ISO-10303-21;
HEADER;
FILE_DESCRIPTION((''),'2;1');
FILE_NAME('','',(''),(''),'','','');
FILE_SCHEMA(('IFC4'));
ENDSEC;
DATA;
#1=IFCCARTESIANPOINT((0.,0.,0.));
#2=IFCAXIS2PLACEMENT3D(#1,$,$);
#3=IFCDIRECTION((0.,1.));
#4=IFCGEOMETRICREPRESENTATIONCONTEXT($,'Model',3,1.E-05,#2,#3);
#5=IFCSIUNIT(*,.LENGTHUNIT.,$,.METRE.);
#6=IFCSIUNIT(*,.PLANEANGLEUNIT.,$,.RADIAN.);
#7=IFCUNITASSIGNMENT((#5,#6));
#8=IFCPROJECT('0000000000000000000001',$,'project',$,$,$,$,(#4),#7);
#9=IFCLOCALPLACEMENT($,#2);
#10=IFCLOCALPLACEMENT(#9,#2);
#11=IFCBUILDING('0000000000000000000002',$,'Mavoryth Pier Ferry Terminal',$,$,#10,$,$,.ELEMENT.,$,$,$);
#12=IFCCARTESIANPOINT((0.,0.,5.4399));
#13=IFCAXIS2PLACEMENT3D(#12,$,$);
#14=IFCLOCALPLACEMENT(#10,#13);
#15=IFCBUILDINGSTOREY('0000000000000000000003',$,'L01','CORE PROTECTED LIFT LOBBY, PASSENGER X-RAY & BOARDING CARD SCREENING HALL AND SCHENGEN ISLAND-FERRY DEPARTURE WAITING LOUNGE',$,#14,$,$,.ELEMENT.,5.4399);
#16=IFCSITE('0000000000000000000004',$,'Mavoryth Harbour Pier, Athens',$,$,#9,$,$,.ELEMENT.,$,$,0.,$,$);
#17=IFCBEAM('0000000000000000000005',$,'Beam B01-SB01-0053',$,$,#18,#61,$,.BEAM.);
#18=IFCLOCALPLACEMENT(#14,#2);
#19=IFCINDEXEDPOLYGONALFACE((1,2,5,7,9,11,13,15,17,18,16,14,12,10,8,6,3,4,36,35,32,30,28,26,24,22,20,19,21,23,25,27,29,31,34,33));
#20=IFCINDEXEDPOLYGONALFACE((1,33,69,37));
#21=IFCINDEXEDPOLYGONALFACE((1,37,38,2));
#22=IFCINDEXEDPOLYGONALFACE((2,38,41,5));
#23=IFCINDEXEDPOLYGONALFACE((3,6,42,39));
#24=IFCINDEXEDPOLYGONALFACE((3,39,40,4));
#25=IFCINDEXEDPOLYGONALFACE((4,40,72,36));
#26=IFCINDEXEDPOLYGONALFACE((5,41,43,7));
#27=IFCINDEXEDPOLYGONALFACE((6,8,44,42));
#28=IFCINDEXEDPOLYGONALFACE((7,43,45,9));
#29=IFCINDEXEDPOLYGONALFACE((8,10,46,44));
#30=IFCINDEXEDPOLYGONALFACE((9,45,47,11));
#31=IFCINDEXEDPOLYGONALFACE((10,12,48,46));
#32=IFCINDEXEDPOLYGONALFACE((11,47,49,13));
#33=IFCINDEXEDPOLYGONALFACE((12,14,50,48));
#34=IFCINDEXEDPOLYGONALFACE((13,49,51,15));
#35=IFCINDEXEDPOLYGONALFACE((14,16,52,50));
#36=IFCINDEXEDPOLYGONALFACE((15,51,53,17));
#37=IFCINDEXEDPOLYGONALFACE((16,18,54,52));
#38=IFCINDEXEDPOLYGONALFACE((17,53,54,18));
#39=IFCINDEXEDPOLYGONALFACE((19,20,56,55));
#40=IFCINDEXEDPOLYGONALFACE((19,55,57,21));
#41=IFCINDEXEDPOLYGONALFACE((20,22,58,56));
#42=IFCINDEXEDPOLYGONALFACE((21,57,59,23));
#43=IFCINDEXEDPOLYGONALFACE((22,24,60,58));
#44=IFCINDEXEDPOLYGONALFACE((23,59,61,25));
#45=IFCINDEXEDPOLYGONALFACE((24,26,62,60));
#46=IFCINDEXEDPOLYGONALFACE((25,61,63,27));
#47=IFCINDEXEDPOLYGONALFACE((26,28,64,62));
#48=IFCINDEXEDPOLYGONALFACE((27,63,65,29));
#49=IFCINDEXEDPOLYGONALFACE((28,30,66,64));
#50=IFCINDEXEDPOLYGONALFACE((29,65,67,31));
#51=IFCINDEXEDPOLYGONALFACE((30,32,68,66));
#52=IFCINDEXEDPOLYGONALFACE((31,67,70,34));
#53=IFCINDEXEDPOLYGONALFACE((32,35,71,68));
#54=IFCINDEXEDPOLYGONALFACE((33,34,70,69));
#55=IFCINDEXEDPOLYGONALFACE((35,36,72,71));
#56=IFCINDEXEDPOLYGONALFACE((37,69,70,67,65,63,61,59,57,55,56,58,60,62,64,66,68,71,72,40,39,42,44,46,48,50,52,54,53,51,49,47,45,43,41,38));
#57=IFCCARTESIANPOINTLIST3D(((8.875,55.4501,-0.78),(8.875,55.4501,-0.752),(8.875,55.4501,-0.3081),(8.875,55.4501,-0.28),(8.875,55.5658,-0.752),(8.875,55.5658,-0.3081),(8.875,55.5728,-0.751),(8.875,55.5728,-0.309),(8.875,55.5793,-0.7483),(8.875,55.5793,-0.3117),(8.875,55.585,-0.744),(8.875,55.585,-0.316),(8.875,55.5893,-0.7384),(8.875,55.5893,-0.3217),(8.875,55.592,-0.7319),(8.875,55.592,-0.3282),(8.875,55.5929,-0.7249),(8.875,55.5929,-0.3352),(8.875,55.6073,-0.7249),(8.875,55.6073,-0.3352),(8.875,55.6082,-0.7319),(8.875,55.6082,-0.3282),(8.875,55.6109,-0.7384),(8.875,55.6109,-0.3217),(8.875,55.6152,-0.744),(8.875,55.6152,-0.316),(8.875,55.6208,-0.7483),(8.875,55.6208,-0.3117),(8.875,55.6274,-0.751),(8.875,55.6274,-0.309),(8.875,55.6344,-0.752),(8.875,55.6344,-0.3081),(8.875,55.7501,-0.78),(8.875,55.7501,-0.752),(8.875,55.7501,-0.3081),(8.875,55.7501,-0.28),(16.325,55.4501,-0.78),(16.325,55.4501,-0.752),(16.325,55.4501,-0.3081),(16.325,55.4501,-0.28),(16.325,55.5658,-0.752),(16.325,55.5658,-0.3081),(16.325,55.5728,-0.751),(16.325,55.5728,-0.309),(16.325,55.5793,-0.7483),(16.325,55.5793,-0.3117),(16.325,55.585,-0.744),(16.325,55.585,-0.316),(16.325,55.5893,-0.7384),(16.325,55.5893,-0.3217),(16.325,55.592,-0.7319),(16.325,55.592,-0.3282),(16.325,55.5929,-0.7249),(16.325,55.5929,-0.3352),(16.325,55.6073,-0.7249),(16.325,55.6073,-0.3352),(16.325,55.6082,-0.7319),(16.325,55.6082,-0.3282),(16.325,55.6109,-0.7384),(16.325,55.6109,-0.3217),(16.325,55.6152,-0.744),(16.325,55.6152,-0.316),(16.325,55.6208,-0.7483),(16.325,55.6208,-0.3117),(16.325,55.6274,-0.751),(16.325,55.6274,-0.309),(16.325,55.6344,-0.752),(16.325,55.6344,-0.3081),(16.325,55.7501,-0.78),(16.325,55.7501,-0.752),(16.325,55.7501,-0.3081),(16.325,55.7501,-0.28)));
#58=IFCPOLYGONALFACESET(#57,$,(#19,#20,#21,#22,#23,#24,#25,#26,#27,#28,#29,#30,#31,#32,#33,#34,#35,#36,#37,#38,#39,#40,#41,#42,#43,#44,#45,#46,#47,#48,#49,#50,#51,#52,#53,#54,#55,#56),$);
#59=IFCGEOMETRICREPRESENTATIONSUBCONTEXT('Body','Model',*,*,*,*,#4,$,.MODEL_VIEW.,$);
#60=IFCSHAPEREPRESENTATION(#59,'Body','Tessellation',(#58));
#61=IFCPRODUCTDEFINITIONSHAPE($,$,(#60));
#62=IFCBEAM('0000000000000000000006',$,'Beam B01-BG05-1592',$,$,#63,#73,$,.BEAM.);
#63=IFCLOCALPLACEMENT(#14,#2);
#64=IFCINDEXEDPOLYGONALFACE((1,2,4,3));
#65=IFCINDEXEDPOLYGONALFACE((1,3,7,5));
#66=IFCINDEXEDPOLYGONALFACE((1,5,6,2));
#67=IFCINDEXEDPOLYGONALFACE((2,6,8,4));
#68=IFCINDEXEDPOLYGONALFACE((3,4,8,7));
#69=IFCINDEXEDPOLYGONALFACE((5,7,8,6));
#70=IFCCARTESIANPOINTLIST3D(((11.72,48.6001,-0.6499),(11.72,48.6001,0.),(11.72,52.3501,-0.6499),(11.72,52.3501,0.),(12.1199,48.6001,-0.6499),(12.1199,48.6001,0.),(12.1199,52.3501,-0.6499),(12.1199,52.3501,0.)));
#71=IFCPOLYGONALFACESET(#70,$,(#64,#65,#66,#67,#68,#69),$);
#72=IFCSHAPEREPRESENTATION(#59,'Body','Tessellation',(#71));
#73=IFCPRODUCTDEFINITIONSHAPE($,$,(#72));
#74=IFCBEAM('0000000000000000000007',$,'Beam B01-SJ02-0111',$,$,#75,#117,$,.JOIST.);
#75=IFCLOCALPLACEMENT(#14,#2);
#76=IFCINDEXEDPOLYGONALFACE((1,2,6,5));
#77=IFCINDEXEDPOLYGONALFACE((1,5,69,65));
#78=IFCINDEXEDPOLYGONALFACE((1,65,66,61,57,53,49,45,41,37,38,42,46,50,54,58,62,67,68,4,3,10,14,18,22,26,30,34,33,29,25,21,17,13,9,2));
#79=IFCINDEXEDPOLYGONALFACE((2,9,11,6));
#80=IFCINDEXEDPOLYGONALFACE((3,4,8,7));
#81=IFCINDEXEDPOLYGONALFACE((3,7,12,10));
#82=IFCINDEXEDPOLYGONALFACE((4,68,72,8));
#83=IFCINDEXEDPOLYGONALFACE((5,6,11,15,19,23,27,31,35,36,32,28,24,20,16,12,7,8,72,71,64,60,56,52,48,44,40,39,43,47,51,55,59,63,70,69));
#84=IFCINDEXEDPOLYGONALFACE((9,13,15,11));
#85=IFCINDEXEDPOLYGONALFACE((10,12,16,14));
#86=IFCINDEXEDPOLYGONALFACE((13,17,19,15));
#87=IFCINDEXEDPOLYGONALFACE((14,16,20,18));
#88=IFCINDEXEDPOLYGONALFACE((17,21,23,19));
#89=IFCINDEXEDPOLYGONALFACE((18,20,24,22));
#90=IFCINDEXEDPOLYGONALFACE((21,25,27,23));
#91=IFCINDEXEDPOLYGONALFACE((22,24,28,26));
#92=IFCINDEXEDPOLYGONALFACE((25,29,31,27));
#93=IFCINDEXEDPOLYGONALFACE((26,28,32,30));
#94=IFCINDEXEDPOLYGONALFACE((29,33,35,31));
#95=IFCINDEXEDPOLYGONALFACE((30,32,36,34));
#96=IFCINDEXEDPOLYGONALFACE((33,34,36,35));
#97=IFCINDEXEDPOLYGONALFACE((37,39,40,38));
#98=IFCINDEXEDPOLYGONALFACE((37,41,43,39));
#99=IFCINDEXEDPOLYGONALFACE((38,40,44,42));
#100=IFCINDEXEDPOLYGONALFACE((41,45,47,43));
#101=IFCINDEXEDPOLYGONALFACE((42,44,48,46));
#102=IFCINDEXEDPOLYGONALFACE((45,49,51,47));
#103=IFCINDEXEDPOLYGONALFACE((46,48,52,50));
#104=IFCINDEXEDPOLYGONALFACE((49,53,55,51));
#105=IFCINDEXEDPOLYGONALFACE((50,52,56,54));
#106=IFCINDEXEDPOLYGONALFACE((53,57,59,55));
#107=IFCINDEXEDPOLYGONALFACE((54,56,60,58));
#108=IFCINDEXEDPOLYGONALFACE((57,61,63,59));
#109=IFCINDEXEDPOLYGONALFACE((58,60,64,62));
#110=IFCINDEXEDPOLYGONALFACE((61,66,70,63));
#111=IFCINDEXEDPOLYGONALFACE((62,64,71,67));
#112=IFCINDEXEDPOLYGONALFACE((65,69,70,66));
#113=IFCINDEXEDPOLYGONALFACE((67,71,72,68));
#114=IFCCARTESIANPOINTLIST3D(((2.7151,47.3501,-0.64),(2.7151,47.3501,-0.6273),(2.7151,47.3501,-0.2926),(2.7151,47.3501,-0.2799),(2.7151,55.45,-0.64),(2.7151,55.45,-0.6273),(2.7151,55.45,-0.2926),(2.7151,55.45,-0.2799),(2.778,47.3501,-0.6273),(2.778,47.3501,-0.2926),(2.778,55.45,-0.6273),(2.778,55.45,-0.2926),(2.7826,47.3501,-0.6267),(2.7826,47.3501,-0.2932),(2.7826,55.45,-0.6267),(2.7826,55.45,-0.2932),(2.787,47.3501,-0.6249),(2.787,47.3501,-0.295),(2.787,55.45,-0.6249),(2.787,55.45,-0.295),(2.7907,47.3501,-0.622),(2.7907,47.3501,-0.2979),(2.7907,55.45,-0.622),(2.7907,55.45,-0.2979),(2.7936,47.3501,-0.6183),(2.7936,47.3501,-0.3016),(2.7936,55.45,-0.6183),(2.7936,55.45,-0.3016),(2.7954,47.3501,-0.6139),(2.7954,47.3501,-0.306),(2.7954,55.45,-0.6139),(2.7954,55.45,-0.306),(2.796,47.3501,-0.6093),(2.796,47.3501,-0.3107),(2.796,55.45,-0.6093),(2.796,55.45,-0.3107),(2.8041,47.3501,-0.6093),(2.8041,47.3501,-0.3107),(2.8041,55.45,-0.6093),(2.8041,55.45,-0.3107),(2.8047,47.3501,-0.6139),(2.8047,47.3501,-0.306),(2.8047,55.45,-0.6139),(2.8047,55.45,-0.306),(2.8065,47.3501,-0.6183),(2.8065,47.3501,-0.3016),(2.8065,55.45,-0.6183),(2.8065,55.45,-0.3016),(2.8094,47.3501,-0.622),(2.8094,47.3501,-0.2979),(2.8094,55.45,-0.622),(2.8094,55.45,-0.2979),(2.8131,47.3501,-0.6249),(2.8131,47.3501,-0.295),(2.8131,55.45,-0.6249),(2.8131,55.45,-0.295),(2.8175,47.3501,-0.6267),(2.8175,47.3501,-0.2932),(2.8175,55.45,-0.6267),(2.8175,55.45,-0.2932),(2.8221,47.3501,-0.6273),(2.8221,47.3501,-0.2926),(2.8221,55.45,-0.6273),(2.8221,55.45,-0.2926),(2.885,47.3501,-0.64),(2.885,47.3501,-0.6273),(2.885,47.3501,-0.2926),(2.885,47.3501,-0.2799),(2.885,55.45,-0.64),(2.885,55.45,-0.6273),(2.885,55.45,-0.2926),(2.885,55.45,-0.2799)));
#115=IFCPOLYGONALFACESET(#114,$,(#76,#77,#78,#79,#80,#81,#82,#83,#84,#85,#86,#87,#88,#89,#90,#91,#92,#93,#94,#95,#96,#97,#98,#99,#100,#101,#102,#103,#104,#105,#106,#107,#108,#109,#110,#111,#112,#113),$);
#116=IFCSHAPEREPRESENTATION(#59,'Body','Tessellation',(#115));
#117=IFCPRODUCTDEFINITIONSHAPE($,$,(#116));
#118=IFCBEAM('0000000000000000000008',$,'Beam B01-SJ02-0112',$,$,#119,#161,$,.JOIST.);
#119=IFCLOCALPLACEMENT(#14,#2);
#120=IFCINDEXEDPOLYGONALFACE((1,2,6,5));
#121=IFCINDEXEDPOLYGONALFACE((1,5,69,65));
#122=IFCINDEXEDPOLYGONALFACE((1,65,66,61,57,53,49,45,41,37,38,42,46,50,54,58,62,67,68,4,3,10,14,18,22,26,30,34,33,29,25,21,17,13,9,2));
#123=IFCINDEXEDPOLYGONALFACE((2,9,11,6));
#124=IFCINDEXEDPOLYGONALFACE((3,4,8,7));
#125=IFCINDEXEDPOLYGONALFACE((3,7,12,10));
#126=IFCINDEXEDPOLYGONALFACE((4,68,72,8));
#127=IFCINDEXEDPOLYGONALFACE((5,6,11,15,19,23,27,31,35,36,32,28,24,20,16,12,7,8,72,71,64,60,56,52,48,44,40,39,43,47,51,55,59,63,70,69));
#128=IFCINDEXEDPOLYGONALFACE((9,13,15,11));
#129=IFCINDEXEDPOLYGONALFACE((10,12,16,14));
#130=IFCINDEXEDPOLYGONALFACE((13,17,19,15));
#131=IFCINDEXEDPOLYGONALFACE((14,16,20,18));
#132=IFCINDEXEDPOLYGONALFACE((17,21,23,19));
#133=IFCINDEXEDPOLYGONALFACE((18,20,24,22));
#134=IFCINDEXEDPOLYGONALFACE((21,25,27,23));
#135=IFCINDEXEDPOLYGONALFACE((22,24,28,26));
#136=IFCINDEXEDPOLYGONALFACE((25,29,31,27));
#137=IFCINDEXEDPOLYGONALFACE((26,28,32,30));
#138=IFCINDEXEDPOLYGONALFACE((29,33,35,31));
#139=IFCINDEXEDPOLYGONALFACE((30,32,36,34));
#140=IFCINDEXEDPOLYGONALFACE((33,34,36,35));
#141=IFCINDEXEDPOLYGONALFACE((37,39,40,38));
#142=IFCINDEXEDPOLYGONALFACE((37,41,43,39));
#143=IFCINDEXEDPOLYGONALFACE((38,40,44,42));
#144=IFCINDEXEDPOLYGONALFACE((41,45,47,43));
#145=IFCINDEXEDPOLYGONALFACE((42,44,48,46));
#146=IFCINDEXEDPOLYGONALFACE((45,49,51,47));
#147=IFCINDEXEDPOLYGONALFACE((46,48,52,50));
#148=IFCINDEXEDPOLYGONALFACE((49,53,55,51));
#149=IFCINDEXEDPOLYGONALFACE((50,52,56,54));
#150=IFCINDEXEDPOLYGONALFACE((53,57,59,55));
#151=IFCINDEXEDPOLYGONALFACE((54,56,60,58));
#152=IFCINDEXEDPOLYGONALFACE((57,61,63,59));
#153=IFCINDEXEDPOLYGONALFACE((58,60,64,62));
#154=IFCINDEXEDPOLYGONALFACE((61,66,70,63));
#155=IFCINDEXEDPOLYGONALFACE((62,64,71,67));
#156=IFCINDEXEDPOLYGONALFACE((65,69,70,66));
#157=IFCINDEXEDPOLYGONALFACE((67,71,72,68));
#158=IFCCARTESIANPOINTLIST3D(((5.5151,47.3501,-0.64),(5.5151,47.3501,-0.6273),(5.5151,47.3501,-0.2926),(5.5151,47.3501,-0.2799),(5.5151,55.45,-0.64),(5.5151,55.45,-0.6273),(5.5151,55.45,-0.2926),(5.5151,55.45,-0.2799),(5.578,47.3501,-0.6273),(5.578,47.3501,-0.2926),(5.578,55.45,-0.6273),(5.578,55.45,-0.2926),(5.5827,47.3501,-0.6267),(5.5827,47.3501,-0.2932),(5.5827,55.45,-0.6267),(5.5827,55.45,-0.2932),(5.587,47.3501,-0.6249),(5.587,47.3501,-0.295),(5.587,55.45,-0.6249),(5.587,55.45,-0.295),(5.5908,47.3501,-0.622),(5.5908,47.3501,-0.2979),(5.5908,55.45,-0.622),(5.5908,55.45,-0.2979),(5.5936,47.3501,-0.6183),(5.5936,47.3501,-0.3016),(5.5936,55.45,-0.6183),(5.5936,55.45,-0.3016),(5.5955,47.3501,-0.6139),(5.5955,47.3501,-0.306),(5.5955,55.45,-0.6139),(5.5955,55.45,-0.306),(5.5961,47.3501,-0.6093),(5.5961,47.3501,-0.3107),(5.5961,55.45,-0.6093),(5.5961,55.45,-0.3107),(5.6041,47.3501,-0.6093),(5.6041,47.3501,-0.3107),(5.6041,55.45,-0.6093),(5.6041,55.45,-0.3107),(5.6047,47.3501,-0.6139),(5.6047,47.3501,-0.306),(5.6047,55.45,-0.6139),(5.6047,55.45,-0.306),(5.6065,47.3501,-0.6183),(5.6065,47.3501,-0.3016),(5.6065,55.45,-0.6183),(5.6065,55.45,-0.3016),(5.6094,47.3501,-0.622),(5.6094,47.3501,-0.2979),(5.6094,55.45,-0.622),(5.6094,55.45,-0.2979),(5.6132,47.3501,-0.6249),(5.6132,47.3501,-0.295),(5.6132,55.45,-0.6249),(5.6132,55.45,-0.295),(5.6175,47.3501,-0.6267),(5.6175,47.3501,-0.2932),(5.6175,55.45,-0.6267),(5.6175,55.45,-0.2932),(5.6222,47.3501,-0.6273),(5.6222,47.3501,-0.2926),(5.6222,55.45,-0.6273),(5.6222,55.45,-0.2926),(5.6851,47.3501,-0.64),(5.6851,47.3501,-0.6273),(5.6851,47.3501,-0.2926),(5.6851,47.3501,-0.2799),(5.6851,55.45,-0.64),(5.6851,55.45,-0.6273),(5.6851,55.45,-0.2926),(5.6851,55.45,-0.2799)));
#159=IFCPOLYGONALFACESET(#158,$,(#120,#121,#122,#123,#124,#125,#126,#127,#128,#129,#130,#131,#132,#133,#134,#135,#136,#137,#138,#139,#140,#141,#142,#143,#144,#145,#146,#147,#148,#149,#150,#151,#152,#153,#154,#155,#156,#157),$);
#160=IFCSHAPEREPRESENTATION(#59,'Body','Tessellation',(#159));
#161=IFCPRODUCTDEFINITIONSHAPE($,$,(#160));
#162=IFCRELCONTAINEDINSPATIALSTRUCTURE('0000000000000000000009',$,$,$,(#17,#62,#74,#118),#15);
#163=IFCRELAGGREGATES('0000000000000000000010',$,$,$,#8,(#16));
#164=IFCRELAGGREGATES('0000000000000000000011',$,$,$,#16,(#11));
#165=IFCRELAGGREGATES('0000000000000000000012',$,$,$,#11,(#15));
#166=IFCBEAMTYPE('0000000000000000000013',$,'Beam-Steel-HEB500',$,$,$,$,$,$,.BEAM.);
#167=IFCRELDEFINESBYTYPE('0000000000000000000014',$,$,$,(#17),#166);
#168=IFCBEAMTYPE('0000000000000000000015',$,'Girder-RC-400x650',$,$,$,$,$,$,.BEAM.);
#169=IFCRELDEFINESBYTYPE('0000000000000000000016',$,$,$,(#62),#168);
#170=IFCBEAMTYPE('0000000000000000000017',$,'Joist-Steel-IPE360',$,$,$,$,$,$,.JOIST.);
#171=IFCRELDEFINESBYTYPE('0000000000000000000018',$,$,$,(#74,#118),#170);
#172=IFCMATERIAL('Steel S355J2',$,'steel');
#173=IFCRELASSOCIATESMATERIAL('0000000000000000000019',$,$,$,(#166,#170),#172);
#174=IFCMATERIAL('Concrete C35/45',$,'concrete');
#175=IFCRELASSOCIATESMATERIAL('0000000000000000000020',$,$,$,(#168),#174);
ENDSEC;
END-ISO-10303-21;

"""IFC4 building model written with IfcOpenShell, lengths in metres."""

from ifc_helpers import new_model, si_unit, direction, frame, origin, origin_2d, place, context, subcontext, project, spatial, rectangle, i_section, extrude, material, material_profile, profile_set, type_object, element, save


model = new_model("IFC4")

# Units and contexts
model_context = context("Model", 3, precision=1e-05, world=origin(), true_north=direction((0.0, 1.0)))
body_context = subcontext(model_context, "Body", "Model", "MODEL_VIEW")
ifc_project = project(units=[si_unit("LENGTHUNIT", "METRE"), si_unit("PLANEANGLEUNIT", "RADIAN")], contexts=[model_context])

# Site, building, storey
site_placement = place(None, origin())
site = spatial("IfcSite", under=ifc_project, at=site_placement, Name="Mavoryth Harbour Pier, Athens", CompositionType="ELEMENT", RefElevation=0.0)
building_placement = place(site_placement, origin())
building = spatial("IfcBuilding", under=site, at=building_placement, Name="Mavoryth Pier Ferry Terminal", CompositionType="ELEMENT")
storey_placement = place(building_placement, frame((0.0, 0.0, 5.4399)))
storey = spatial("IfcBuildingStorey", under=building, at=storey_placement, Name="L01", Description="CORE PROTECTED LIFT LOBBY, PASSENGER X-RAY & BOARDING CARD SCREENING HALL AND SCHENGEN ISLAND-FERRY DEPARTURE WAITING LOUNGE", CompositionType="ELEMENT", Elevation=5.4399)

# Beams
ifc_material_1 = material(Name="Steel S355J2", Category="steel")
ifc_material_profile_1 = material_profile(ifc_material_1, i_section(OverallWidth=0.3, OverallDepth=0.5, WebThickness=0.0144, FlangeThickness=0.0281, FilletRadius=0.0271, at=origin_2d()), Name="HEB 500", Category="steel")
ifc_profile_set_1 = profile_set([ifc_material_profile_1], Name="Steel S355J2 - HEB 500")
beam_type_1 = type_object("IfcBeamType", Name="Beam-Steel-HEB500", PredefinedType="BEAM", material=ifc_profile_set_1)
beam_1_placement = place(storey_placement, frame((8.875, 55.6001, -0.53), z_axis=(1.0, 0.0, 0.0), x_axis=(0.0, 1.0, 0.0)))
element("IfcBeam", 1, at=beam_1_placement, inside=storey, type_object=beam_type_1, Name="Beam B01-SB01-0053", PredefinedType="BEAM", context=body_context, shape_type="SweptSolid", body=[
    extrude(i_section(OverallWidth=0.3, OverallDepth=0.5, WebThickness=0.0144, FlangeThickness=0.0281, FilletRadius=0.0271, at=origin_2d()), origin(), (0.0, 0.0, 1.0), 7.45),
])
ifc_material_2 = material(Name="Concrete C35/45", Category="concrete")
ifc_material_profile_2 = material_profile(ifc_material_2, rectangle(XDim=0.3999, YDim=0.6499, at=origin_2d()), Name="RC 400x650", Category="concrete")
ifc_profile_set_2 = profile_set([ifc_material_profile_2], Name="Concrete C35/45 - RC 400x650")
beam_type_2 = type_object("IfcBeamType", Name="Girder-RC-400x650", PredefinedType="BEAM", material=ifc_profile_set_2)
beam_2_placement = place(storey_placement, frame((11.9199, 48.6001, -0.325), z_axis=(0.0, 1.0, 0.0), x_axis=(-1.0, 0.0, 0.0)))
element("IfcBeam", 2, at=beam_2_placement, inside=storey, type_object=beam_type_2, Name="Beam B01-BG05-1592", PredefinedType="BEAM", context=body_context, shape_type="SweptSolid", body=[
    extrude(rectangle(XDim=0.3999, YDim=0.6499, at=origin_2d()), origin(), (0.0, 0.0, 1.0), 3.75),
])
ifc_material_profile_3 = material_profile(ifc_material_1, i_section(OverallWidth=0.1699, OverallDepth=0.3601, WebThickness=0.0081, FlangeThickness=0.0127, FilletRadius=0.0181, at=origin_2d()), Name="IPE 360", Category="steel")
ifc_profile_set_3 = profile_set([ifc_material_profile_3], Name="Steel S355J2 - IPE 360")
beam_type_3 = type_object("IfcBeamType", Name="Joist-Steel-IPE360", PredefinedType="JOIST", material=ifc_profile_set_3)
for number, where, z_axis, x_axis, name in (
    (3, (2.8, 47.3501, -0.46), (0.0, 1.0, 0.0), (-1.0, 0.0, 0.0), "Beam B01-SJ02-0111"),
    (4, (5.6001, 47.3501, -0.46), (0.0, 1.0, 0.0), (-1.0, 0.0, 0.0), "Beam B01-SJ02-0112"),
):
    element("IfcBeam", number, at=place(storey_placement, frame(where, z_axis=z_axis, x_axis=x_axis)), inside=storey, type_object=beam_type_3, Name=name, PredefinedType="JOIST", context=body_context, shape_type="SweptSolid", body=[
        extrude(i_section(OverallWidth=0.1699, OverallDepth=0.3601, WebThickness=0.0081, FlangeThickness=0.0127, FilletRadius=0.0181, at=origin_2d()), origin(), (0.0, 0.0, 1.0), 8.0999),
    ])

save(model, "model.ifc")
